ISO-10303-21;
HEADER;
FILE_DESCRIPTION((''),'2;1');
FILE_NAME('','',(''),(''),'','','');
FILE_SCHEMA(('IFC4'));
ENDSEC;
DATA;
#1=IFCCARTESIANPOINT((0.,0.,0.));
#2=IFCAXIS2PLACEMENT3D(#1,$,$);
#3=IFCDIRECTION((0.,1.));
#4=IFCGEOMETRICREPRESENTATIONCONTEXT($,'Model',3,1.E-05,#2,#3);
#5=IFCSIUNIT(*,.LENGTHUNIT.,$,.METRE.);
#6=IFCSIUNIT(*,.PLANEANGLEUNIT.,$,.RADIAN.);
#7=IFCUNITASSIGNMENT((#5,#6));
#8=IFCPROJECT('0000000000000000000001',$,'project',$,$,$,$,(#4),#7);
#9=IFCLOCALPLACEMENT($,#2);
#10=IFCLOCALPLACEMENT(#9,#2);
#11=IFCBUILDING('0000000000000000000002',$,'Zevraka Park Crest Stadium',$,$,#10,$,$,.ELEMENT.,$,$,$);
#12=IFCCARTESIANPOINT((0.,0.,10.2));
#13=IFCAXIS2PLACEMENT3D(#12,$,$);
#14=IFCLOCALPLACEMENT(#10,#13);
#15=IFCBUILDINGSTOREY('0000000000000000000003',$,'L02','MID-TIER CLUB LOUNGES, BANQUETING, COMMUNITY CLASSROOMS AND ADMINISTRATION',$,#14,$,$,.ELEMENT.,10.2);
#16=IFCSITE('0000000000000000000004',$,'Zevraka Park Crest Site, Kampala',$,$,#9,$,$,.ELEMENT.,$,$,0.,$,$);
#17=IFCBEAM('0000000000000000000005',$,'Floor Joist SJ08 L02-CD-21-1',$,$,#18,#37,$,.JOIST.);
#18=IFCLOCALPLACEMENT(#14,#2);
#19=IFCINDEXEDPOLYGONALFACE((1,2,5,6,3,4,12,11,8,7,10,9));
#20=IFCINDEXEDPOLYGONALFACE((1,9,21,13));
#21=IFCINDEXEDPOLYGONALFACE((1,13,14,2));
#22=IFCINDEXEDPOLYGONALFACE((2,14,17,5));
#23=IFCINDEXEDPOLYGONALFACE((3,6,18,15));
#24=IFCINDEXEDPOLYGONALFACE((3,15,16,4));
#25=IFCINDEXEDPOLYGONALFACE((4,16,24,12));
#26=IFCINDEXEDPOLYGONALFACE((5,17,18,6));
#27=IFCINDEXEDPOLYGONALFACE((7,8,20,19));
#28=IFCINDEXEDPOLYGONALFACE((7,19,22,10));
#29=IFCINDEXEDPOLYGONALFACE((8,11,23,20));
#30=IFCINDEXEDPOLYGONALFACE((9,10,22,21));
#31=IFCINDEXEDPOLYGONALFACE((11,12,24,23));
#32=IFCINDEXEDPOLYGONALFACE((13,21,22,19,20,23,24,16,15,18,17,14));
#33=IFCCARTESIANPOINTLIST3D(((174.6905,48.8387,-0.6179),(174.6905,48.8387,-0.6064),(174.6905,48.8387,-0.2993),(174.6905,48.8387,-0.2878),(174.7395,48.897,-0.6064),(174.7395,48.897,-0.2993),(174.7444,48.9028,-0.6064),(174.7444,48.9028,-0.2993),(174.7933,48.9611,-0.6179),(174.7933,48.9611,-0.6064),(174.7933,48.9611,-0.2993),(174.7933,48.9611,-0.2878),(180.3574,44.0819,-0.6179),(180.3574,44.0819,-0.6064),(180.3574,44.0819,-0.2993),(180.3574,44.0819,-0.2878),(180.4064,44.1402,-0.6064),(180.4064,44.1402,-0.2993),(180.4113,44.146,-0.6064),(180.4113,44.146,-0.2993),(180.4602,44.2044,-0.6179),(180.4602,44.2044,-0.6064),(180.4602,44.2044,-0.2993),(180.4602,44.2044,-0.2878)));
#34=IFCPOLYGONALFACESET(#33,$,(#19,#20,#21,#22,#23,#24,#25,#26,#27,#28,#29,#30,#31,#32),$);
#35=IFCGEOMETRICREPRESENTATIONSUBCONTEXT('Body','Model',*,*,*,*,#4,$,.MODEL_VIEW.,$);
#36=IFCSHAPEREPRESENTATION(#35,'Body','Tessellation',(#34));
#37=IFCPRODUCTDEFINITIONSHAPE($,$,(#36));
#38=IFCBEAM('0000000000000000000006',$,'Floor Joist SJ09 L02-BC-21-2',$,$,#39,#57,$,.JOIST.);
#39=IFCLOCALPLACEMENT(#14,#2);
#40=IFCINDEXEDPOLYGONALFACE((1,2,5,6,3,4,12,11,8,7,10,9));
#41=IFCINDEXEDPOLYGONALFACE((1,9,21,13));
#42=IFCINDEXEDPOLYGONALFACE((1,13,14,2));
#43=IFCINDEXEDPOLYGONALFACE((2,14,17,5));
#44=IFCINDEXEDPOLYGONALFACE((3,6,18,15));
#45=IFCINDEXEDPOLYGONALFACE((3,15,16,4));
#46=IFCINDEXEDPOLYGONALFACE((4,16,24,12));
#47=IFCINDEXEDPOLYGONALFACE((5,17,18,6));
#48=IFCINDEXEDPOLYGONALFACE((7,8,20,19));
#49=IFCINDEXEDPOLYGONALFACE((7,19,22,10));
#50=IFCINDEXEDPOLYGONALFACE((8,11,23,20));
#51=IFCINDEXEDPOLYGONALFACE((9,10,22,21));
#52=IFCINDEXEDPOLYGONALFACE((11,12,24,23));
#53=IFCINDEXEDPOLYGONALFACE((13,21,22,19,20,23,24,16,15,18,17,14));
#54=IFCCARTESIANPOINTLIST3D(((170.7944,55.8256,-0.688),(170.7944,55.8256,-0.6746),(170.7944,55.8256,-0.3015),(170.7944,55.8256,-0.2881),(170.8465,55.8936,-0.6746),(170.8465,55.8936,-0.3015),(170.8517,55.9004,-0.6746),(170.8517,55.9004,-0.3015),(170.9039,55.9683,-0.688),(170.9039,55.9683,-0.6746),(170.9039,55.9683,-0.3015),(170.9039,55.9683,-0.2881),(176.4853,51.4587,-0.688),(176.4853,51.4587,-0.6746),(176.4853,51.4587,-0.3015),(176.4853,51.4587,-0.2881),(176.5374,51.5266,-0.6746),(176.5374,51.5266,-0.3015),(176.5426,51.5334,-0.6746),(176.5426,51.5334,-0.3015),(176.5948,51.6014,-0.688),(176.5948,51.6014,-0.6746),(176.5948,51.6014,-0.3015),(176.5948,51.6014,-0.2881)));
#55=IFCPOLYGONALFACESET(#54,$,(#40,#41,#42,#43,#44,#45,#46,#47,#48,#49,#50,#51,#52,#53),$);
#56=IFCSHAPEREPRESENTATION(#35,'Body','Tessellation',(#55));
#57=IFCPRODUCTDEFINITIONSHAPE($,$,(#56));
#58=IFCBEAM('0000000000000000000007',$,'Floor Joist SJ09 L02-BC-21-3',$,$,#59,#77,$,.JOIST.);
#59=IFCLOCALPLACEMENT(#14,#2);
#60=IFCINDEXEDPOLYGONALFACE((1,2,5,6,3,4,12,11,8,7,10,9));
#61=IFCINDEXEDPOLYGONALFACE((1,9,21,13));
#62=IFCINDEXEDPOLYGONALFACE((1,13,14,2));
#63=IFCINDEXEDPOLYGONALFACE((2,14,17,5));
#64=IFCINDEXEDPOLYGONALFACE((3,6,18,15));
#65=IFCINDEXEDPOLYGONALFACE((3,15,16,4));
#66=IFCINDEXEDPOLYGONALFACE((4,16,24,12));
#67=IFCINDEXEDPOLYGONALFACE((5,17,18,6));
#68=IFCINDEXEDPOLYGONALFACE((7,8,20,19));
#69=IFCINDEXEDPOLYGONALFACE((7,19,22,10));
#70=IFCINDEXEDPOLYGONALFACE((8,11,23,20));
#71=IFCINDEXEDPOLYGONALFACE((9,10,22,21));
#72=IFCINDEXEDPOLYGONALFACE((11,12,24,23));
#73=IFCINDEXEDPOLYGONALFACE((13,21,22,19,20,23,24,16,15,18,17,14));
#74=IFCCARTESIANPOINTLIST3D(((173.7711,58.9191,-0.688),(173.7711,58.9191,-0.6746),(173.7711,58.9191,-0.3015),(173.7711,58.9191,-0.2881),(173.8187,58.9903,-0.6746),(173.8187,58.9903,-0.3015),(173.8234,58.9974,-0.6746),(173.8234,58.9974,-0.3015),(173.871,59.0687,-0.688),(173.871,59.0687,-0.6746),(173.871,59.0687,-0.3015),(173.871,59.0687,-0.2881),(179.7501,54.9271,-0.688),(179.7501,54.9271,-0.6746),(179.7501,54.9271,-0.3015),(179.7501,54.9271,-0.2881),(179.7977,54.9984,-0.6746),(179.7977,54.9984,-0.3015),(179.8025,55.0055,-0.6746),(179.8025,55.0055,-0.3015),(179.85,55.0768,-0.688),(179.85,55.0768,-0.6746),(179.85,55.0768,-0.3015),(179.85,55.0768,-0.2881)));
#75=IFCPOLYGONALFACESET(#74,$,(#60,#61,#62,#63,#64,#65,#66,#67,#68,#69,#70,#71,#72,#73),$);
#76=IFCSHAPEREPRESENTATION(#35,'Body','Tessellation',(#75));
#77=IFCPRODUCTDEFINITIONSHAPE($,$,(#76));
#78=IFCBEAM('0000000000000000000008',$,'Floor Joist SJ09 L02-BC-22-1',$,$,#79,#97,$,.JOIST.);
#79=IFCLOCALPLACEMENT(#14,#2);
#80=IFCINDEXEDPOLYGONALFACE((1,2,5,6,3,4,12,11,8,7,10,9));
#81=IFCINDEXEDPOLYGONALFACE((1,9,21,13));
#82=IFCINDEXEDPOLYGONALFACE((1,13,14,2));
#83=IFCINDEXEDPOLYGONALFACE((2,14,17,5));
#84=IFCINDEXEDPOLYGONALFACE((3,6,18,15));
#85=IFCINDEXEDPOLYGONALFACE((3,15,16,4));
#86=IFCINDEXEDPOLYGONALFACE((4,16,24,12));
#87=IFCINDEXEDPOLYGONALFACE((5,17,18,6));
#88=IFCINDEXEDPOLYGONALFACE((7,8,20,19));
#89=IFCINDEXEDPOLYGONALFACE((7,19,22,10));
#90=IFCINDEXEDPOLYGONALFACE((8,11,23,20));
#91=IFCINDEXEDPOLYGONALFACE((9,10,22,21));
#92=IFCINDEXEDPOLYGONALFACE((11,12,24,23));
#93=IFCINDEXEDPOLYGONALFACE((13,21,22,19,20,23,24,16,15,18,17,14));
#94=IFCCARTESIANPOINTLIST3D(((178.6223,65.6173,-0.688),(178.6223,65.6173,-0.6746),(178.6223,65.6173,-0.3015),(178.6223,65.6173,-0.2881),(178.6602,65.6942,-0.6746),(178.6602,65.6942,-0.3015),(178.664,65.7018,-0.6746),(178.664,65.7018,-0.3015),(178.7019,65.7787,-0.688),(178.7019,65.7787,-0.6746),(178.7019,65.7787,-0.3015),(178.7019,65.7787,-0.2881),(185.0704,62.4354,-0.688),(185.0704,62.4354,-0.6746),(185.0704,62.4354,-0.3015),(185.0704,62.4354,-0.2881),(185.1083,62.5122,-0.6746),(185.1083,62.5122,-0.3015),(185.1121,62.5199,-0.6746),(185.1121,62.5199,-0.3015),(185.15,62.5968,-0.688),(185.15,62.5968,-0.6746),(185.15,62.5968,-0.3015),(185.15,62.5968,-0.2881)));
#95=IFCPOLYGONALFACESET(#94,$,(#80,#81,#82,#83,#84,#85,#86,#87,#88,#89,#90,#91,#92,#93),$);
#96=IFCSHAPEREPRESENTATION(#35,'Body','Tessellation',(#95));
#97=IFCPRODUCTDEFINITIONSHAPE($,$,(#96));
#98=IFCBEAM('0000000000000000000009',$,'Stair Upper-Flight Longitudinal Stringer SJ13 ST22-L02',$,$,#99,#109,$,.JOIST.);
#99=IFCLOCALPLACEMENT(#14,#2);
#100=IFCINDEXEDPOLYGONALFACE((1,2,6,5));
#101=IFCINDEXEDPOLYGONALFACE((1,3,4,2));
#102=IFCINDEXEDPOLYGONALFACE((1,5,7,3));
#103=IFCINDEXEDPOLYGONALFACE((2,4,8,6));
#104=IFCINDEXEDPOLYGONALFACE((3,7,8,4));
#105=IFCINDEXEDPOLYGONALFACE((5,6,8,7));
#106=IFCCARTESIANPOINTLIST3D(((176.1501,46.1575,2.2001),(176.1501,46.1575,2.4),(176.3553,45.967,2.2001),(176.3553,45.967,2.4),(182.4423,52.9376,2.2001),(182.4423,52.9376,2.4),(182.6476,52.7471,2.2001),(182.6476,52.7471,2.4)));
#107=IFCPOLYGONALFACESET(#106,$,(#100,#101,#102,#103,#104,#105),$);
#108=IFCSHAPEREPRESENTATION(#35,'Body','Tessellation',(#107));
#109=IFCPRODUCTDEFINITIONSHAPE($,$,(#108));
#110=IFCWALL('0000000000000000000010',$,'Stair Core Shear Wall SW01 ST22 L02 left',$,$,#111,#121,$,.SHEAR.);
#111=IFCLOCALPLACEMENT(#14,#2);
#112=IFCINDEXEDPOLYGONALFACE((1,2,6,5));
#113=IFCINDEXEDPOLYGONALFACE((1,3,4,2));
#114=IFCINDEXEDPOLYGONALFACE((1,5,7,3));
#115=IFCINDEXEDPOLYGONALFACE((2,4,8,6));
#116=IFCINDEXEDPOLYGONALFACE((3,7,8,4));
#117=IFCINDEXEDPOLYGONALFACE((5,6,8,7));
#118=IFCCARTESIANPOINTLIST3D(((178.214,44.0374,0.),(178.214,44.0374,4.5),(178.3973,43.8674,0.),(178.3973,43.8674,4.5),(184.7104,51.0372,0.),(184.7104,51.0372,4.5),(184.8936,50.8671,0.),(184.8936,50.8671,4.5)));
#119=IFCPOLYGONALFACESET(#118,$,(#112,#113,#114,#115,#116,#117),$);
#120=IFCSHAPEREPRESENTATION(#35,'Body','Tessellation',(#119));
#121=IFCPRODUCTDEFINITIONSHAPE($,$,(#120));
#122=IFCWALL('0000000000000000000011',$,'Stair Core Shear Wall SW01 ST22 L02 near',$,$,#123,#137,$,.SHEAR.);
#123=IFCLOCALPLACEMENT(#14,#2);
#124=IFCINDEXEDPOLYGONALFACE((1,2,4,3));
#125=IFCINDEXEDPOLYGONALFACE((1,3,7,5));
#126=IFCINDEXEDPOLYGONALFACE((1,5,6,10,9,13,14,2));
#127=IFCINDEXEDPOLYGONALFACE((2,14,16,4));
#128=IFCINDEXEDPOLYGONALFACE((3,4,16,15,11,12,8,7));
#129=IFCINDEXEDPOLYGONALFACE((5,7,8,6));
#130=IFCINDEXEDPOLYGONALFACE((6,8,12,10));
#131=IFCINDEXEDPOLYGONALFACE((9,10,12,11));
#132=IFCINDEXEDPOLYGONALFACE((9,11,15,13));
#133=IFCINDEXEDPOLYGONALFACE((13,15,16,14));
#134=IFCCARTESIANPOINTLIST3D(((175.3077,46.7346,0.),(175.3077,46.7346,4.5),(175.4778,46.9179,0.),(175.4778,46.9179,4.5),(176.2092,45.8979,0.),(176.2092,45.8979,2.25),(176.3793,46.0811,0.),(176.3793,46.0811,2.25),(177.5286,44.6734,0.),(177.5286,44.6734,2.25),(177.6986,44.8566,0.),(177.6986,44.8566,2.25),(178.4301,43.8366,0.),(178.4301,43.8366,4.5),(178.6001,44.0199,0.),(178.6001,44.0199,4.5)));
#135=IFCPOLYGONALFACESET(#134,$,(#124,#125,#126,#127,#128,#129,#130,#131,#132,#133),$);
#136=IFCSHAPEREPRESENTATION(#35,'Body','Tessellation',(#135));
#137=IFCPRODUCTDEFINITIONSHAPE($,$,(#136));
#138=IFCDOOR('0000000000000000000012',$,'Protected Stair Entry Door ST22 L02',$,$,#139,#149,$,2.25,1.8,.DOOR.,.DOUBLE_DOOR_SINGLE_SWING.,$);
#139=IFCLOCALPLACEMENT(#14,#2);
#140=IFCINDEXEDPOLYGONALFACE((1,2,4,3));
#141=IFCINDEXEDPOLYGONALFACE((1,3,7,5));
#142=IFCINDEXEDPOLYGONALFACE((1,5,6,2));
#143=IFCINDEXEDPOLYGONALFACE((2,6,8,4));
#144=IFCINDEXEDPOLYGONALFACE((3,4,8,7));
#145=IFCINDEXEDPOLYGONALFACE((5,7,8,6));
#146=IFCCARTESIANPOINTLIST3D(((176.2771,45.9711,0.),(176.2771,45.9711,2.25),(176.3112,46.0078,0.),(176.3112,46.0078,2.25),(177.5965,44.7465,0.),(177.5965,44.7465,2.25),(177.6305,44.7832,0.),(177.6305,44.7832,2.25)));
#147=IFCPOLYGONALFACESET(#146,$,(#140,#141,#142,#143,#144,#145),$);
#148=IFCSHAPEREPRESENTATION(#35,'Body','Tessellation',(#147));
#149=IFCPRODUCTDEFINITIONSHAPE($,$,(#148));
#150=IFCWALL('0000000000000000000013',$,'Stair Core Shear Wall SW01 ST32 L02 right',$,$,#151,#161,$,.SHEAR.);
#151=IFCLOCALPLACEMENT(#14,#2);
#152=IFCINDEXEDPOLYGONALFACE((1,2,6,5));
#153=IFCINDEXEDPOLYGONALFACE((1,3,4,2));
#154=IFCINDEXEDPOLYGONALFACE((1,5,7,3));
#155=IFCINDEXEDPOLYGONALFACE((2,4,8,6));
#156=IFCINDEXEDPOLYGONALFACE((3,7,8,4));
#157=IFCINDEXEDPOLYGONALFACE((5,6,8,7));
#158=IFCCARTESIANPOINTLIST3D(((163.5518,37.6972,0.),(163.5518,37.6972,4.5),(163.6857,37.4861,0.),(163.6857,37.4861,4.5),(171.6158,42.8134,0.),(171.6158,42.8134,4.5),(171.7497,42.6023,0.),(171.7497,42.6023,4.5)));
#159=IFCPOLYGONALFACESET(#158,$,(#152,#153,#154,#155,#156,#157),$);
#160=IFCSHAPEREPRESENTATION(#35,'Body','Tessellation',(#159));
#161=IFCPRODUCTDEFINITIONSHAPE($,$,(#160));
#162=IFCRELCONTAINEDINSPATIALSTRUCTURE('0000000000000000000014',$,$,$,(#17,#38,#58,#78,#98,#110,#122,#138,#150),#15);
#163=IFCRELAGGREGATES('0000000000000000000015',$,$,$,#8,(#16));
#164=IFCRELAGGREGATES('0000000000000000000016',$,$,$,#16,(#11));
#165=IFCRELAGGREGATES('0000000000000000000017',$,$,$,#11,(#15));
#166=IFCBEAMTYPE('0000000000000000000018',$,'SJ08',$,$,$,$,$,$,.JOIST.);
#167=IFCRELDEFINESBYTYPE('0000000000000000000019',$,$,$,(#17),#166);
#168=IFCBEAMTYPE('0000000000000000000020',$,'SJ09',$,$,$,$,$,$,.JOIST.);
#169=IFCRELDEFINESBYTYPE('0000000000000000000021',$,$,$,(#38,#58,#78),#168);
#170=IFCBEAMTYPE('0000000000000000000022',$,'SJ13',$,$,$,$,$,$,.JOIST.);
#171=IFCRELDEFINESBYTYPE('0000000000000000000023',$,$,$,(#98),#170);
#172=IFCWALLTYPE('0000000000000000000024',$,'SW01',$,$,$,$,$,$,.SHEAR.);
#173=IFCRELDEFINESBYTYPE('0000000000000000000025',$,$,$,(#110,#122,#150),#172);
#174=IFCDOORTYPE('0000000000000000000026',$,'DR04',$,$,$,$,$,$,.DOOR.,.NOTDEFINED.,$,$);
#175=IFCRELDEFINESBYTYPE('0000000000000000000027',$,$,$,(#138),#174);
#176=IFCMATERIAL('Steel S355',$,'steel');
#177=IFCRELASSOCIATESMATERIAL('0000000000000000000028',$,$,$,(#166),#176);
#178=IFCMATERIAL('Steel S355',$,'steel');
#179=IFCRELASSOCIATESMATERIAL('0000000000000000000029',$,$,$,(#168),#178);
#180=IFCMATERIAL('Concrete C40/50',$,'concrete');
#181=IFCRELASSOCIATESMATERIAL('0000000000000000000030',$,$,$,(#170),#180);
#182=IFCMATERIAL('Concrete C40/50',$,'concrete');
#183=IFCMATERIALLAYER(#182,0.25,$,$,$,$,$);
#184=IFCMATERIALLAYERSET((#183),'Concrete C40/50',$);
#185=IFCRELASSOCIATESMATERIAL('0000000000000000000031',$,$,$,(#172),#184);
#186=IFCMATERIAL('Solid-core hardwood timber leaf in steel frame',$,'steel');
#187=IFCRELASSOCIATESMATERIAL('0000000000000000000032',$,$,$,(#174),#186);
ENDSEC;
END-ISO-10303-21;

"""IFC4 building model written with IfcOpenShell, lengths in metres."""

from ifc_helpers import new_model, si_unit, direction, frame, frame_2d, origin, origin_2d, place, context, subcontext, project, spatial, rectangle, i_section, extrude, material, layer, layer_set, material_profile, profile_set, type_object, element, fill, save


model = new_model("IFC4")

# Units and contexts
model_context = context("Model", 3, precision=1e-05, world=origin(), true_north=direction((0.0, 1.0)))
body_context = subcontext(model_context, "Body", "Model", "MODEL_VIEW")
ifc_project = project(units=[si_unit("LENGTHUNIT", "METRE"), si_unit("PLANEANGLEUNIT", "RADIAN")], contexts=[model_context])

# Site, building, storey
site_placement = place(None, origin())
site = spatial("IfcSite", under=ifc_project, at=site_placement, Name="Zevraka Park Crest Site, Kampala", CompositionType="ELEMENT", RefElevation=0.0)
building_placement = place(site_placement, origin())
building = spatial("IfcBuilding", under=site, at=building_placement, Name="Zevraka Park Crest Stadium", CompositionType="ELEMENT")
storey_placement = place(building_placement, frame((0.0, 0.0, 10.2)))
storey = spatial("IfcBuildingStorey", under=building, at=storey_placement, Name="L02", Description="MID-TIER CLUB LOUNGES, BANQUETING, COMMUNITY CLASSROOMS AND ADMINISTRATION", CompositionType="ELEMENT", Elevation=10.2)

# Beams
ifc_material_1 = material(Name="Steel S355", Category="steel")
ifc_material_profile_1 = material_profile(ifc_material_1, i_section(OverallWidth=0.1599, OverallDepth=0.3301, WebThickness=0.0076, FlangeThickness=0.0115, at=origin_2d()), Name="IPE 330")
ifc_profile_set_1 = profile_set([ifc_material_profile_1], Name="Steel S355")
beam_type_1 = type_object("IfcBeamType", Name="SJ08", PredefinedType="JOIST", material=ifc_profile_set_1)
beam_1_placement = place(storey_placement, frame((174.7419, 48.8999, -0.4529), z_axis=(0.765934, -0.64292, 0.0), x_axis=(0.64292, 0.765934, 0.0)))
element("IfcBeam", 1, at=beam_1_placement, inside=storey, type_object=beam_type_1, Name="Floor Joist SJ08 L02-CD-21-1", PredefinedType="JOIST", context=body_context, shape_type="SweptSolid", body=[
    extrude(i_section(OverallWidth=0.1599, OverallDepth=0.3301, WebThickness=0.0076, FlangeThickness=0.0115, at=origin_2d()), origin(), (0.0, 0.0, 1.0), 7.3987),
])
ifc_material_2 = material(Name="Steel S355", Category="steel")
ifc_material_profile_2 = material_profile(ifc_material_2, i_section(OverallWidth=0.1799, OverallDepth=0.3999, WebThickness=0.0085, FlangeThickness=0.0134, at=origin_2d()), Name="IPE 400")
ifc_profile_set_2 = profile_set([ifc_material_profile_2], Name="Steel S355")
beam_type_2 = type_object("IfcBeamType", Name="SJ09", PredefinedType="JOIST", material=ifc_profile_set_2)
beam_2_placement = place(storey_placement, frame((170.8491, 55.897, -0.488), z_axis=(0.793343, -0.608774, 0.0), x_axis=(0.608774, 0.793343, 0.0)))
element("IfcBeam", 2, at=beam_2_placement, inside=storey, type_object=beam_type_2, Name="Floor Joist SJ09 L02-BC-21-2", PredefinedType="JOIST", context=body_context, shape_type="SweptSolid", body=[
    extrude(i_section(OverallWidth=0.1799, OverallDepth=0.3999, WebThickness=0.0085, FlangeThickness=0.0134, at=origin_2d()), origin(), (0.0, 0.0, 1.0), 7.1733),
])
beam_3_placement = place(storey_placement, frame((173.821, 58.9939, -0.488), z_axis=(0.831669, -0.555272, 0.0), x_axis=(0.555272, 0.831669, 0.0)))
element("IfcBeam", 3, at=beam_3_placement, inside=storey, type_object=beam_type_2, Name="Floor Joist SJ09 L02-BC-21-3", PredefinedType="JOIST", context=body_context, shape_type="SweptSolid", body=[
    extrude(i_section(OverallWidth=0.1799, OverallDepth=0.3999, WebThickness=0.0085, FlangeThickness=0.0134, at=origin_2d()), origin(), (0.0, 0.0, 1.0), 7.1892),
])
beam_4_placement = place(storey_placement, frame((178.6621, 65.698, -0.488), z_axis=(0.896758, -0.442522, 0.0), x_axis=(0.442522, 0.896758, 0.0)))
element("IfcBeam", 4, at=beam_4_placement, inside=storey, type_object=beam_type_2, Name="Floor Joist SJ09 L02-BC-22-1", PredefinedType="JOIST", context=body_context, shape_type="SweptSolid", body=[
    extrude(i_section(OverallWidth=0.1799, OverallDepth=0.3999, WebThickness=0.0085, FlangeThickness=0.0134, at=origin_2d()), origin(), (0.0, 0.0, 1.0), 7.1904),
])
ifc_material_3 = material(Name="Concrete C40/50", Category="concrete")
ifc_material_profile_3 = material_profile(ifc_material_3, rectangle(XDim=0.28, YDim=0.2, at=origin_2d()), Name="RC 200x280")
ifc_profile_set_3 = profile_set([ifc_material_profile_3], Name="Concrete C40/50")
beam_type_3 = type_object("IfcBeamType", Name="SJ13", PredefinedType="JOIST", material=ifc_profile_set_3)
beam_5_placement = place(storey_placement, frame((176.2527, 46.0623, 2.3), z_axis=(0.680248, 0.732982, 0.0), x_axis=(-0.732982, 0.680248, 0.0)))
element("IfcBeam", 5, at=beam_5_placement, inside=storey, type_object=beam_type_3, Name="Stair Upper-Flight Longitudinal Stringer SJ13 ST22-L02", PredefinedType="JOIST", context=body_context, shape_type="SweptSolid", body=[
    extrude(rectangle(XDim=0.28, YDim=0.2, at=origin_2d()), origin(), (0.0, 0.0, 1.0), 9.25),
])

# Wall
ifc_material_4 = material(Name="Concrete C40/50", Category="concrete")
ifc_layer = layer(ifc_material_4, 0.25)
ifc_layer_set = layer_set([ifc_layer], Name="Concrete C40/50")
wall_type = type_object("IfcWallType", Name="SW01", PredefinedType="SHEAR", material=ifc_layer_set)
wall_1_placement = place(storey_placement, frame((178.3057, 43.9524, 0.0), z_axis=(0.0, 0.0, 1.0), x_axis=(0.680258, 0.732973, 0.0)))
element("IfcWall", 6, at=wall_1_placement, inside=storey, type_object=wall_type, Name="Stair Core Shear Wall SW01 ST22 L02 left", PredefinedType="SHEAR", context=body_context, shape_type="SweptSolid", body=[
    extrude(rectangle(XDim=9.5498, YDim=0.25, at=frame_2d((4.7749, 0.0))), origin(), (0.0, 0.0, 1.0), 4.5),
])

# Wall, opening, door
wall_2_placement = place(storey_placement, frame((175.3928, 46.8262, 0.0), z_axis=(0.0, 0.0, 1.0), x_axis=(0.732951, -0.680282, 0.0)))
wall_2 = element("IfcWall", 7, at=wall_2_placement, inside=storey, type_object=wall_type, Name="Stair Core Shear Wall SW01 ST22 L02 near", PredefinedType="SHEAR", context=body_context, shape_type="SweptSolid", body=[
    extrude(rectangle(XDim=4.26, YDim=0.25, at=frame_2d((2.1299, 0.0))), origin(), (0.0, 0.0, 1.0), 4.5),
])
opening_placement = place(wall_2_placement, frame((1.23, 0.0, 0.0)))
opening = element("IfcOpeningElement", 8, at=opening_placement, cuts=wall_2, PredefinedType="OPENING", context=body_context, shape_type="SweptSolid", body=[
    extrude(rectangle(XDim=1.8, YDim=2.25, at=frame_2d((0.8999, 1.125))), frame((0.0, 0.135, 0.0), z_axis=(0.0, -1.0, 0.0), x_axis=(1.0, 0.0, 0.0)), (0.0, 0.0, 1.0), 0.27),
])
ifc_material_5 = material(Name="Solid-core hardwood timber leaf in steel frame", Category="steel")
door_type = type_object("IfcDoorType", Name="DR04", OperationType="NOTDEFINED", PredefinedType="DOOR", material=ifc_material_5)
door_placement = place(opening_placement, origin())
door = element("IfcDoor", 9, at=door_placement, inside=storey, type_object=door_type, Name="Protected Stair Entry Door ST22 L02", OperationType="DOUBLE_DOOR_SINGLE_SWING", OverallHeight=2.25, OverallWidth=1.8, PredefinedType="DOOR", context=body_context, shape_type="SweptSolid", body=[
    extrude(rectangle(XDim=1.8, YDim=2.25, at=frame_2d((0.8999, 1.125))), frame((0.0, 0.0249, 0.0), z_axis=(0.0, -1.0, 0.0), x_axis=(1.0, 0.0, 0.0)), (0.0, 0.0, 1.0), 0.05),
])
fill(opening, door)

# Wall
wall_3_placement = place(storey_placement, frame((171.6826, 42.7078, 0.0), z_axis=(0.0, 0.0, 1.0), x_axis=(-0.844391, -0.535727, 0.0)))
element("IfcWall", 10, at=wall_3_placement, inside=storey, type_object=wall_type, Name="Stair Core Shear Wall SW01 ST32 L02 right", PredefinedType="SHEAR", context=body_context, shape_type="SweptSolid", body=[
    extrude(rectangle(XDim=9.55, YDim=0.25, at=frame_2d((4.7749, 0.0))), origin(), (0.0, 0.0, 1.0), 4.5),
])

save(model, "model.ifc")
